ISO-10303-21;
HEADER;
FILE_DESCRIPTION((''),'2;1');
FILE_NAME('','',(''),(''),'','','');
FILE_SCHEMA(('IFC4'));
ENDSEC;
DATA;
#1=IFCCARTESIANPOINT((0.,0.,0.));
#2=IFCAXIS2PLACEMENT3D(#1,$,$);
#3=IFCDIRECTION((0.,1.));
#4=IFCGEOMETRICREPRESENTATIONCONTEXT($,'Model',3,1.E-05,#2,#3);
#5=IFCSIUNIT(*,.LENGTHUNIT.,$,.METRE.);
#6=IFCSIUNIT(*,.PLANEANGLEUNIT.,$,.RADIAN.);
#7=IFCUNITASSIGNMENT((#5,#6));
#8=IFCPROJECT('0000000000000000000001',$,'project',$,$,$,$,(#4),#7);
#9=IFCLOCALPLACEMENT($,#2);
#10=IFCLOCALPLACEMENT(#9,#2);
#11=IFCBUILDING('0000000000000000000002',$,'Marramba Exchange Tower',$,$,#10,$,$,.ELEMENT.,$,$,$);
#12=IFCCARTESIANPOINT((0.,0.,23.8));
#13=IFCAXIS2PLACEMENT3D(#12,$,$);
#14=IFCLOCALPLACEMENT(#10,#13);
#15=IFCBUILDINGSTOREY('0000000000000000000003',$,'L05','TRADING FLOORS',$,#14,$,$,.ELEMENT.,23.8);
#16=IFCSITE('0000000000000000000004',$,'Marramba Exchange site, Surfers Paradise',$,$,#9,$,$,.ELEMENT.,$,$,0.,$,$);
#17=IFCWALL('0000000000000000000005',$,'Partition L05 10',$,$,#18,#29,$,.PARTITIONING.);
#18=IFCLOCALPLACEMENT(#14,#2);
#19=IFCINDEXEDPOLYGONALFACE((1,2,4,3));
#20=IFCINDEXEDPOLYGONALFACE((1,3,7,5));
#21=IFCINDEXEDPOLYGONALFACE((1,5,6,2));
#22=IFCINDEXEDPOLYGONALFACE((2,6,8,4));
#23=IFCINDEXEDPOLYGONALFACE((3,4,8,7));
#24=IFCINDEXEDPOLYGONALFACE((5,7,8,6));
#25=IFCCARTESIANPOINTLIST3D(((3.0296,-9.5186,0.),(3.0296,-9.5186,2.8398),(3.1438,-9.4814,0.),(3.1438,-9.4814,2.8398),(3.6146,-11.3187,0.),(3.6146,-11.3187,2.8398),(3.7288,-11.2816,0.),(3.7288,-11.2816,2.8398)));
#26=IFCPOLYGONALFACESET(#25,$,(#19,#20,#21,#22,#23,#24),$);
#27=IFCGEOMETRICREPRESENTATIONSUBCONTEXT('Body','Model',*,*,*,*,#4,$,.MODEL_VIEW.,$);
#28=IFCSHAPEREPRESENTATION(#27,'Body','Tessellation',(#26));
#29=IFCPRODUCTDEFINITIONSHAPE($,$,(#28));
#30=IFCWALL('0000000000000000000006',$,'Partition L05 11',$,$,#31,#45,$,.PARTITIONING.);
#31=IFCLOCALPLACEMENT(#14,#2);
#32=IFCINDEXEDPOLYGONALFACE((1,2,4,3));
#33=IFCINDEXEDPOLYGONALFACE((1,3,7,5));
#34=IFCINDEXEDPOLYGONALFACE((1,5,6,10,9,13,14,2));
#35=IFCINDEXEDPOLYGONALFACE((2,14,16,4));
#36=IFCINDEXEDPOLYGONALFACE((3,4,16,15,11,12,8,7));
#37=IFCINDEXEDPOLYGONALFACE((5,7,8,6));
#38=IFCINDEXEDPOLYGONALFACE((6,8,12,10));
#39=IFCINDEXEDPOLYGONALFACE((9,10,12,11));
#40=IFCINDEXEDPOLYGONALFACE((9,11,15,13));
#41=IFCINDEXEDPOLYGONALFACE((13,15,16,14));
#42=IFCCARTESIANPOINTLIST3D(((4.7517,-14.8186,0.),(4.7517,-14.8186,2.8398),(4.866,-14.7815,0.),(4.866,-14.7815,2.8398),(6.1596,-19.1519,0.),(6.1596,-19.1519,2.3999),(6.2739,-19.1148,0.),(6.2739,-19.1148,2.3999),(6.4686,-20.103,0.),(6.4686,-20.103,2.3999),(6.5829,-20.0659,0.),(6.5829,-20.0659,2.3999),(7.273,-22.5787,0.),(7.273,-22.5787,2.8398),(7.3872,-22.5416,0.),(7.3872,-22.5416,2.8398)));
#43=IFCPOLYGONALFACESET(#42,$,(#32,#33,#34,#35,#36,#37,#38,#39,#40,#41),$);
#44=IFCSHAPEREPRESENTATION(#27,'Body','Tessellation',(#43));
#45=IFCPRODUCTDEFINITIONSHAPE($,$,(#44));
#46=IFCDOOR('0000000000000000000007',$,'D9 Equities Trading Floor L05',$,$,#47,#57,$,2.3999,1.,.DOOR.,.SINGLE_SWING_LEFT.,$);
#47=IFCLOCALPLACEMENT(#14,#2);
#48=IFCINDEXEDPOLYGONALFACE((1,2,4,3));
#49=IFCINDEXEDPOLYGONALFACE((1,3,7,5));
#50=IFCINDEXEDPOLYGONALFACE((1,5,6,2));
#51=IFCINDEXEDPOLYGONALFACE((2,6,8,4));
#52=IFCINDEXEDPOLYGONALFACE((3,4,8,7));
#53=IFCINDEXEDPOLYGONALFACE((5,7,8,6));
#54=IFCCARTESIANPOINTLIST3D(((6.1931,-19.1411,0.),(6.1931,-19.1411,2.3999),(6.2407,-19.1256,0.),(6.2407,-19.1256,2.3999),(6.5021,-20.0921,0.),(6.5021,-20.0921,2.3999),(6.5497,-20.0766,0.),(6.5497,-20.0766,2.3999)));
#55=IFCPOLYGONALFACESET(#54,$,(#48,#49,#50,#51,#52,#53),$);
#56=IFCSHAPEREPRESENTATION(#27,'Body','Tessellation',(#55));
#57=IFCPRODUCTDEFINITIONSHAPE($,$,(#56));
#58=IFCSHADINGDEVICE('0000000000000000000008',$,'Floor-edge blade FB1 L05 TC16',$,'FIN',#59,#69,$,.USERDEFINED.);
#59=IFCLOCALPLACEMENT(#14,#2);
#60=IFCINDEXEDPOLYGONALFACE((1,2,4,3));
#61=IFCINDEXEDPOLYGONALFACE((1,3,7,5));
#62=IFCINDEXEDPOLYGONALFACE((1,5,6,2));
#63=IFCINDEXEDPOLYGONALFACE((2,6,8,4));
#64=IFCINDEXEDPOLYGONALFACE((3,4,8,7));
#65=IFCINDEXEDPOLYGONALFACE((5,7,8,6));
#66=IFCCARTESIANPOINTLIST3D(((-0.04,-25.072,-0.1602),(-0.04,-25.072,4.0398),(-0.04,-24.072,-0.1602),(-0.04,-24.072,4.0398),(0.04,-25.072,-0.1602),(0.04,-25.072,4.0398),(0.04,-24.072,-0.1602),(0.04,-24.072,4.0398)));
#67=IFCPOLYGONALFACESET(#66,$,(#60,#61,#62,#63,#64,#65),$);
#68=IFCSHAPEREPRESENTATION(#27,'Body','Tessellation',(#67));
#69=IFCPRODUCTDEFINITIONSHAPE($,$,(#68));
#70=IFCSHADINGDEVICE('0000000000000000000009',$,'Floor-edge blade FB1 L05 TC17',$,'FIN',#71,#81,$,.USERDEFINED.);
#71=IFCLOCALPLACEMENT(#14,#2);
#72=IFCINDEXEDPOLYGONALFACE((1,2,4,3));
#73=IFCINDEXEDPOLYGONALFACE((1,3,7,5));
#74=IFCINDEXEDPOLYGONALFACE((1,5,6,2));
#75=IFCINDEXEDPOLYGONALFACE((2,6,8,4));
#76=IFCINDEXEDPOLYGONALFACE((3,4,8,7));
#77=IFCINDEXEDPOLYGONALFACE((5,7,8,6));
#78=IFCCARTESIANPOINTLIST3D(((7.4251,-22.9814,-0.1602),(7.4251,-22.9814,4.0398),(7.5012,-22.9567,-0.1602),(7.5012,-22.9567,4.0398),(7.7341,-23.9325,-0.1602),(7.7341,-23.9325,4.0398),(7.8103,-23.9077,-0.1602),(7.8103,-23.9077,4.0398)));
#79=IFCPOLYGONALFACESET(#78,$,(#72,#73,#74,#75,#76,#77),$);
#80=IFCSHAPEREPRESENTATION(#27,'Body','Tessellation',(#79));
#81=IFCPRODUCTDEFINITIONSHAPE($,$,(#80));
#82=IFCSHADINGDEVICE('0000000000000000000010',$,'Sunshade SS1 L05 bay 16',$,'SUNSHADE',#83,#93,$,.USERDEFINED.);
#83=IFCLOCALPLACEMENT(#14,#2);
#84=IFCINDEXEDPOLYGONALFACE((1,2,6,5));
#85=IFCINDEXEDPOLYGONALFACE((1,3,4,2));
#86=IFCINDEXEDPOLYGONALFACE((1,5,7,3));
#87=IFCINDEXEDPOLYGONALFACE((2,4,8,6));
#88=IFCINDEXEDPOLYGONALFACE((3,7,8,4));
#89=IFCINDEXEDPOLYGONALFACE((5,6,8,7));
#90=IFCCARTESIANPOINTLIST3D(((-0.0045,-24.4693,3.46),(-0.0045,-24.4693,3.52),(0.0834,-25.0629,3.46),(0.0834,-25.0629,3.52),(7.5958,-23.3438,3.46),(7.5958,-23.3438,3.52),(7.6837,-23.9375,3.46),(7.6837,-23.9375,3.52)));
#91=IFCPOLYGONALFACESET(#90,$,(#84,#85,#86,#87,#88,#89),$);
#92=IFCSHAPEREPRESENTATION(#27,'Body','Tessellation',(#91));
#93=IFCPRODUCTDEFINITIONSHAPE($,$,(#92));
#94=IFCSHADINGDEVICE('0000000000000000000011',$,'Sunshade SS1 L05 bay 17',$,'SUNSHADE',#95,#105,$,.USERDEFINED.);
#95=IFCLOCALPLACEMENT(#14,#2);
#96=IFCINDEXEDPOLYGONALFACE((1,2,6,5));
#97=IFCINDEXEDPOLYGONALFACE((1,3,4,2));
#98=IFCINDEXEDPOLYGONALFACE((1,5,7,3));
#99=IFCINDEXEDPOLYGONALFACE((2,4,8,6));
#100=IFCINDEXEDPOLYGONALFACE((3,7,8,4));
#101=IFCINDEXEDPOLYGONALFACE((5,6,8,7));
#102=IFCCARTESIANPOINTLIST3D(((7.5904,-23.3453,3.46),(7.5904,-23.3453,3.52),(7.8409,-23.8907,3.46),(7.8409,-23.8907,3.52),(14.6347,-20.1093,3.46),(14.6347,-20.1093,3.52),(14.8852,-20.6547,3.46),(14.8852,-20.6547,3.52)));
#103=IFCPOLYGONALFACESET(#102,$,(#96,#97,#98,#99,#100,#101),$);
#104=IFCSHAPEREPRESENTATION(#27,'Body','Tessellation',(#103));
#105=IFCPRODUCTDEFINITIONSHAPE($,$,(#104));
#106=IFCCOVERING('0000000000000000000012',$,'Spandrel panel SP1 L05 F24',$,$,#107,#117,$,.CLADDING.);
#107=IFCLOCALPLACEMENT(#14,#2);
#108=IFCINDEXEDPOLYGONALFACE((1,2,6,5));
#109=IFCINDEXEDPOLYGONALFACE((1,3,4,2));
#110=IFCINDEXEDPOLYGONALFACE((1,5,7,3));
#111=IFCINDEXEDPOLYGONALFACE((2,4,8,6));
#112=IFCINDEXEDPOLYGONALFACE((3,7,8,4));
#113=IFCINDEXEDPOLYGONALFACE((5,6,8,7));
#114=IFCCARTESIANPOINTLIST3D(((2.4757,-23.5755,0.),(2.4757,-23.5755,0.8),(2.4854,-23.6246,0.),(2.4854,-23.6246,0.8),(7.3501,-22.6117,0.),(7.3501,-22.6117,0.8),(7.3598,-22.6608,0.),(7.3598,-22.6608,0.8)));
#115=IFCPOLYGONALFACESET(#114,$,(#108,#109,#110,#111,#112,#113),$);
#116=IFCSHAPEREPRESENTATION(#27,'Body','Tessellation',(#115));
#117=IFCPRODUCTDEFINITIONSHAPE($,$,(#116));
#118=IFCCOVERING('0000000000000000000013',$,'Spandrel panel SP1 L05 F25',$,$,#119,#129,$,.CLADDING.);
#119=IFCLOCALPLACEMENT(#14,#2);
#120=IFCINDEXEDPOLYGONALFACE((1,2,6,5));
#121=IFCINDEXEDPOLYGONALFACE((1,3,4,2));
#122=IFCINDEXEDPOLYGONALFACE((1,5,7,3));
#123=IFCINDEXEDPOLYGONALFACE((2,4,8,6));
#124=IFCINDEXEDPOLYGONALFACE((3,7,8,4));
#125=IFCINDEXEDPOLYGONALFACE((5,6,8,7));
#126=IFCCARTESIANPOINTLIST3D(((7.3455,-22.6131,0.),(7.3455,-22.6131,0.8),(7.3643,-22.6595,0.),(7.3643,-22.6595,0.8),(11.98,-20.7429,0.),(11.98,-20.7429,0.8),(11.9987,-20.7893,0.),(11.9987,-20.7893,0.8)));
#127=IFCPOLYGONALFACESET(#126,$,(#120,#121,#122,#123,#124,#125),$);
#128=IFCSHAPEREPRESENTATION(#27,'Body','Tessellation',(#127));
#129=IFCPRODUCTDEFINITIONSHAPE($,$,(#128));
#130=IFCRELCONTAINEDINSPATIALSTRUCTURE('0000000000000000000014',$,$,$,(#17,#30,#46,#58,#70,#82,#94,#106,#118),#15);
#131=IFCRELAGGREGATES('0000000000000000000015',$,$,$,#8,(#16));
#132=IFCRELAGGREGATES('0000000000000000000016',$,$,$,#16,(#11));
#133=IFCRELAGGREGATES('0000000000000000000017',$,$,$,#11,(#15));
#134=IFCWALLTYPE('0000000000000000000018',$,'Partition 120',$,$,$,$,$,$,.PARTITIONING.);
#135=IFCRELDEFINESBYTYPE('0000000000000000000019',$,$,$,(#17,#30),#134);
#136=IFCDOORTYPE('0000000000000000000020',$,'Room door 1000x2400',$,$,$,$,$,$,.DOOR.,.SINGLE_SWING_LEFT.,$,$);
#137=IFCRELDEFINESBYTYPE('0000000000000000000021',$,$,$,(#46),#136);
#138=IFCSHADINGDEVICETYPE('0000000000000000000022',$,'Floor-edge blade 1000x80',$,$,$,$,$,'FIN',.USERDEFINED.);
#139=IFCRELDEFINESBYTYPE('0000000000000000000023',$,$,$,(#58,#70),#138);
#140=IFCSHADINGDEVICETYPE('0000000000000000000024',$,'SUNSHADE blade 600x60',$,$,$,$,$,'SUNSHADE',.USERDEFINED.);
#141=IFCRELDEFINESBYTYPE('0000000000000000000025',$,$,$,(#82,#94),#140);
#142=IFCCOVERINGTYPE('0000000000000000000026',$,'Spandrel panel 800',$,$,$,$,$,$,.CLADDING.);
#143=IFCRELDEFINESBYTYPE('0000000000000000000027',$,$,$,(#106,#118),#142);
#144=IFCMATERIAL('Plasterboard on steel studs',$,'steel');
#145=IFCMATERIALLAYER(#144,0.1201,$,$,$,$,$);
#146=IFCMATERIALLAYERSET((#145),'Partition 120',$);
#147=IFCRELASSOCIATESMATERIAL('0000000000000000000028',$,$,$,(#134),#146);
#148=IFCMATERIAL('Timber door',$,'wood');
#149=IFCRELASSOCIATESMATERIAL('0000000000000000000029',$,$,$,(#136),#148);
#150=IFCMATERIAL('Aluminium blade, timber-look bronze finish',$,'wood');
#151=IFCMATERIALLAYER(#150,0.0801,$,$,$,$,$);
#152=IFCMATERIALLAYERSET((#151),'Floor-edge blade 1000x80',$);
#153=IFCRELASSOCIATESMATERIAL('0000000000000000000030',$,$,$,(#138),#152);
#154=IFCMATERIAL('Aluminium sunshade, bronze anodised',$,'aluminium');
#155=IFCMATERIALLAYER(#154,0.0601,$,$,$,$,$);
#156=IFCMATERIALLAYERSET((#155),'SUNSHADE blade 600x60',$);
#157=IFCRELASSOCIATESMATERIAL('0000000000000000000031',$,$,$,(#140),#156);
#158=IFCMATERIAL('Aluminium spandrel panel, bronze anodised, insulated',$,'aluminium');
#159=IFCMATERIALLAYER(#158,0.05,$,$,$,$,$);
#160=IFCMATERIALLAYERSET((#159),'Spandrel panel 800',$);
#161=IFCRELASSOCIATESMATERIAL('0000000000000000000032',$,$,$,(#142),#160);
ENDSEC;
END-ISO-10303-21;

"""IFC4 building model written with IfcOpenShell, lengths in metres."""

from ifc_helpers import new_model, si_unit, direction, frame, frame_2d, origin, origin_2d, place, context, subcontext, project, spatial, rectangle, extrude, material, layer, layer_set, type_object, element, fill, save


model = new_model("IFC4")

# Units and contexts
model_context = context("Model", 3, precision=1e-05, world=origin(), true_north=direction((0.0, 1.0)))
body_context = subcontext(model_context, "Body", "Model", "MODEL_VIEW")
ifc_project = project(units=[si_unit("LENGTHUNIT", "METRE"), si_unit("PLANEANGLEUNIT", "RADIAN")], contexts=[model_context])

# Site, building, storey
site_placement = place(None, origin())
site = spatial("IfcSite", under=ifc_project, at=site_placement, Name="Marramba Exchange site, Surfers Paradise", CompositionType="ELEMENT", RefElevation=0.0)
building_placement = place(site_placement, origin())
building = spatial("IfcBuilding", under=site, at=building_placement, Name="Marramba Exchange Tower", CompositionType="ELEMENT")
storey_placement = place(building_placement, frame((0.0, 0.0, 23.8)))
storey = spatial("IfcBuildingStorey", under=building, at=storey_placement, Name="L05", Description="TRADING FLOORS", CompositionType="ELEMENT", Elevation=23.8)

# Wall
ifc_material_1 = material(Name="Plasterboard on steel studs", Category="steel")
ifc_layer_1 = layer(ifc_material_1, 0.1201)
ifc_layer_set_1 = layer_set([ifc_layer_1], Name="Partition 120")
wall_type_1 = type_object("IfcWallType", Name="Partition 120", PredefinedType="PARTITIONING", material=ifc_layer_set_1)
wall_1_placement = place(storey_placement, frame((3.6716, -11.3, 0.0), z_axis=(0.0, 0.0, 1.0), x_axis=(-0.30906, 0.951043, 0.0)))
element("IfcWall", 1, at=wall_1_placement, inside=storey, type_object=wall_type_1, Name="Partition L05 10", PredefinedType="PARTITIONING", context=body_context, shape_type="SweptSolid", body=[
    extrude(rectangle(XDim=1.8928, YDim=0.1201, at=frame_2d((0.9463, 0.0))), origin(), (0.0, 0.0, 1.0), 2.8398),
])

# Wall, opening, door
wall_2_placement = place(storey_placement, frame((7.3301, -22.5601, 0.0), z_axis=(0.0, 0.0, 1.0), x_axis=(-0.309001, 0.951062, 0.0)))
wall_2 = element("IfcWall", 2, at=wall_2_placement, inside=storey, type_object=wall_type_1, Name="Partition L05 11", PredefinedType="PARTITIONING", context=body_context, shape_type="SweptSolid", body=[
    extrude(rectangle(XDim=8.1594, YDim=0.1201, at=frame_2d((4.0796, 0.0))), origin(), (0.0, 0.0, 1.0), 2.8398),
])
opening_placement = place(wall_2_placement, frame((2.603, 0.0, 0.0)))
opening = element("IfcOpeningElement", 3, at=opening_placement, cuts=wall_2, PredefinedType="OPENING", context=body_context, shape_type="SweptSolid", body=[
    extrude(rectangle(XDim=1.0, YDim=2.3999, at=frame_2d((0.5, 1.2))), frame((0.0, 0.0701, 0.0), z_axis=(0.0, -1.0, 0.0), x_axis=(1.0, 0.0, 0.0)), (0.0, 0.0, 1.0), 0.1401),
])
ifc_material_2 = material(Name="Timber door", Category="wood")
door_type = type_object("IfcDoorType", Name="Room door 1000x2400", OperationType="SINGLE_SWING_LEFT", PredefinedType="DOOR", material=ifc_material_2)
door_placement = place(opening_placement, origin())
door = element("IfcDoor", 4, at=door_placement, inside=storey, type_object=door_type, Name="D9 Equities Trading Floor L05", OperationType="SINGLE_SWING_LEFT", OverallHeight=2.3999, OverallWidth=1.0, PredefinedType="DOOR", context=body_context, shape_type="SweptSolid", body=[
    extrude(rectangle(XDim=1.0, YDim=2.3999, at=frame_2d((0.5, 1.2))), frame((0.0, 0.0249, 0.0), z_axis=(0.0, -1.0, 0.0), x_axis=(1.0, 0.0, 0.0)), (0.0, 0.0, 1.0), 0.05),
])
fill(opening, door)

# Shading devices
ifc_material_3 = material(Name="Aluminium blade, timber-look bronze finish", Category="wood")
ifc_layer_2 = layer(ifc_material_3, 0.0801)
ifc_layer_set_2 = layer_set([ifc_layer_2], Name="Floor-edge blade 1000x80")
shading_device_type_1 = type_object("IfcShadingDeviceType", Name="Floor-edge blade 1000x80", ElementType="FIN", PredefinedType="USERDEFINED", material=ifc_layer_set_2)
for number, where, z_axis, x_axis, name in (
    (5, (0.0, -24.572, -0.1602), (0.0, 0.0, 1.0), (0.0, -1.0, 0.0), "Floor-edge blade FB1 L05 TC16"),
    (6, (7.6177, -23.4446, -0.1602), (0.0, 0.0, 1.0), (0.309017, -0.951057, 0.0), "Floor-edge blade FB1 L05 TC17"),
):
    element("IfcShadingDevice", number, at=place(storey_placement, frame(where, z_axis=z_axis, x_axis=x_axis)), inside=storey, type_object=shading_device_type_1, Name=name, ObjectType="FIN", PredefinedType="USERDEFINED", context=body_context, shape_type="SweptSolid", body=[
        extrude(rectangle(XDim=1.0, YDim=0.0801, at=origin_2d()), origin(), (0.0, 0.0, 1.0), 4.2),
    ])
ifc_material_4 = material(Name="Aluminium sunshade, bronze anodised", Category="aluminium")
ifc_layer_3 = layer(ifc_material_4, 0.0601)
ifc_layer_set_3 = layer_set([ifc_layer_3], Name="SUNSHADE blade 600x60")
shading_device_type_2 = type_object("IfcShadingDeviceType", Name="SUNSHADE blade 600x60", ElementType="SUNSHADE", PredefinedType="USERDEFINED", material=ifc_layer_set_3)
shading_device_1_placement = place(storey_placement, frame((3.8396, -24.2034, 3.46), z_axis=(0.0, 0.0, 1.0), x_axis=(0.989213, 0.146485, 0.0)))
element("IfcShadingDevice", 7, at=shading_device_1_placement, inside=storey, type_object=shading_device_type_2, Name="Sunshade SS1 L05 bay 16", ObjectType="SUNSHADE", PredefinedType="USERDEFINED", context=body_context, shape_type="SweptSolid", body=[
    extrude(rectangle(XDim=7.6831, YDim=0.6001, at=origin_2d()), origin(), (0.0, 0.0, 1.0), 0.0601),
])
shading_device_2_placement = place(storey_placement, frame((11.2378, -22.0, 3.46), z_axis=(0.0, 0.0, 1.0), x_axis=(0.908704, 0.417442, 0.0)))
element("IfcShadingDevice", 8, at=shading_device_2_placement, inside=storey, type_object=shading_device_type_2, Name="Sunshade SS1 L05 bay 17", ObjectType="SUNSHADE", PredefinedType="USERDEFINED", context=body_context, shape_type="SweptSolid", body=[
    extrude(rectangle(XDim=7.752, YDim=0.6001, at=origin_2d()), origin(), (0.0, 0.0, 1.0), 0.0601),
])

# Coverings
ifc_material_5 = material(Name="Aluminium spandrel panel, bronze anodised, insulated", Category="aluminium")
ifc_layer_4 = layer(ifc_material_5, 0.05)
ifc_layer_set_4 = layer_set([ifc_layer_4], Name="Spandrel panel 800")
covering_type = type_object("IfcCoveringType", Name="Spandrel panel 800", PredefinedType="CLADDING", material=ifc_layer_set_4)
covering_1_placement = place(storey_placement, frame((4.9177, -23.1182, 0.0), z_axis=(0.0, 0.0, 1.0), x_axis=(0.981009, 0.193961, 0.0)))
element("IfcCovering", 9, at=covering_1_placement, inside=storey, type_object=covering_type, Name="Spandrel panel SP1 L05 F24", PredefinedType="CLADDING", context=body_context, shape_type="SweptSolid", body=[
    extrude(rectangle(XDim=4.9688, YDim=0.05, at=origin_2d()), origin(), (0.0, 0.0, 1.0), 0.8),
])
covering_2_placement = place(storey_placement, frame((9.6721, -21.7012, 0.0), z_axis=(0.0, 0.0, 1.0), x_axis=(0.927341, 0.374218, 0.0)))
element("IfcCovering", 10, at=covering_2_placement, inside=storey, type_object=covering_type, Name="Spandrel panel SP1 L05 F25", PredefinedType="CLADDING", context=body_context, shape_type="SweptSolid", body=[
    extrude(rectangle(XDim=4.9976, YDim=0.05, at=origin_2d()), origin(), (0.0, 0.0, 1.0), 0.8),
])

save(model, "model.ifc")
